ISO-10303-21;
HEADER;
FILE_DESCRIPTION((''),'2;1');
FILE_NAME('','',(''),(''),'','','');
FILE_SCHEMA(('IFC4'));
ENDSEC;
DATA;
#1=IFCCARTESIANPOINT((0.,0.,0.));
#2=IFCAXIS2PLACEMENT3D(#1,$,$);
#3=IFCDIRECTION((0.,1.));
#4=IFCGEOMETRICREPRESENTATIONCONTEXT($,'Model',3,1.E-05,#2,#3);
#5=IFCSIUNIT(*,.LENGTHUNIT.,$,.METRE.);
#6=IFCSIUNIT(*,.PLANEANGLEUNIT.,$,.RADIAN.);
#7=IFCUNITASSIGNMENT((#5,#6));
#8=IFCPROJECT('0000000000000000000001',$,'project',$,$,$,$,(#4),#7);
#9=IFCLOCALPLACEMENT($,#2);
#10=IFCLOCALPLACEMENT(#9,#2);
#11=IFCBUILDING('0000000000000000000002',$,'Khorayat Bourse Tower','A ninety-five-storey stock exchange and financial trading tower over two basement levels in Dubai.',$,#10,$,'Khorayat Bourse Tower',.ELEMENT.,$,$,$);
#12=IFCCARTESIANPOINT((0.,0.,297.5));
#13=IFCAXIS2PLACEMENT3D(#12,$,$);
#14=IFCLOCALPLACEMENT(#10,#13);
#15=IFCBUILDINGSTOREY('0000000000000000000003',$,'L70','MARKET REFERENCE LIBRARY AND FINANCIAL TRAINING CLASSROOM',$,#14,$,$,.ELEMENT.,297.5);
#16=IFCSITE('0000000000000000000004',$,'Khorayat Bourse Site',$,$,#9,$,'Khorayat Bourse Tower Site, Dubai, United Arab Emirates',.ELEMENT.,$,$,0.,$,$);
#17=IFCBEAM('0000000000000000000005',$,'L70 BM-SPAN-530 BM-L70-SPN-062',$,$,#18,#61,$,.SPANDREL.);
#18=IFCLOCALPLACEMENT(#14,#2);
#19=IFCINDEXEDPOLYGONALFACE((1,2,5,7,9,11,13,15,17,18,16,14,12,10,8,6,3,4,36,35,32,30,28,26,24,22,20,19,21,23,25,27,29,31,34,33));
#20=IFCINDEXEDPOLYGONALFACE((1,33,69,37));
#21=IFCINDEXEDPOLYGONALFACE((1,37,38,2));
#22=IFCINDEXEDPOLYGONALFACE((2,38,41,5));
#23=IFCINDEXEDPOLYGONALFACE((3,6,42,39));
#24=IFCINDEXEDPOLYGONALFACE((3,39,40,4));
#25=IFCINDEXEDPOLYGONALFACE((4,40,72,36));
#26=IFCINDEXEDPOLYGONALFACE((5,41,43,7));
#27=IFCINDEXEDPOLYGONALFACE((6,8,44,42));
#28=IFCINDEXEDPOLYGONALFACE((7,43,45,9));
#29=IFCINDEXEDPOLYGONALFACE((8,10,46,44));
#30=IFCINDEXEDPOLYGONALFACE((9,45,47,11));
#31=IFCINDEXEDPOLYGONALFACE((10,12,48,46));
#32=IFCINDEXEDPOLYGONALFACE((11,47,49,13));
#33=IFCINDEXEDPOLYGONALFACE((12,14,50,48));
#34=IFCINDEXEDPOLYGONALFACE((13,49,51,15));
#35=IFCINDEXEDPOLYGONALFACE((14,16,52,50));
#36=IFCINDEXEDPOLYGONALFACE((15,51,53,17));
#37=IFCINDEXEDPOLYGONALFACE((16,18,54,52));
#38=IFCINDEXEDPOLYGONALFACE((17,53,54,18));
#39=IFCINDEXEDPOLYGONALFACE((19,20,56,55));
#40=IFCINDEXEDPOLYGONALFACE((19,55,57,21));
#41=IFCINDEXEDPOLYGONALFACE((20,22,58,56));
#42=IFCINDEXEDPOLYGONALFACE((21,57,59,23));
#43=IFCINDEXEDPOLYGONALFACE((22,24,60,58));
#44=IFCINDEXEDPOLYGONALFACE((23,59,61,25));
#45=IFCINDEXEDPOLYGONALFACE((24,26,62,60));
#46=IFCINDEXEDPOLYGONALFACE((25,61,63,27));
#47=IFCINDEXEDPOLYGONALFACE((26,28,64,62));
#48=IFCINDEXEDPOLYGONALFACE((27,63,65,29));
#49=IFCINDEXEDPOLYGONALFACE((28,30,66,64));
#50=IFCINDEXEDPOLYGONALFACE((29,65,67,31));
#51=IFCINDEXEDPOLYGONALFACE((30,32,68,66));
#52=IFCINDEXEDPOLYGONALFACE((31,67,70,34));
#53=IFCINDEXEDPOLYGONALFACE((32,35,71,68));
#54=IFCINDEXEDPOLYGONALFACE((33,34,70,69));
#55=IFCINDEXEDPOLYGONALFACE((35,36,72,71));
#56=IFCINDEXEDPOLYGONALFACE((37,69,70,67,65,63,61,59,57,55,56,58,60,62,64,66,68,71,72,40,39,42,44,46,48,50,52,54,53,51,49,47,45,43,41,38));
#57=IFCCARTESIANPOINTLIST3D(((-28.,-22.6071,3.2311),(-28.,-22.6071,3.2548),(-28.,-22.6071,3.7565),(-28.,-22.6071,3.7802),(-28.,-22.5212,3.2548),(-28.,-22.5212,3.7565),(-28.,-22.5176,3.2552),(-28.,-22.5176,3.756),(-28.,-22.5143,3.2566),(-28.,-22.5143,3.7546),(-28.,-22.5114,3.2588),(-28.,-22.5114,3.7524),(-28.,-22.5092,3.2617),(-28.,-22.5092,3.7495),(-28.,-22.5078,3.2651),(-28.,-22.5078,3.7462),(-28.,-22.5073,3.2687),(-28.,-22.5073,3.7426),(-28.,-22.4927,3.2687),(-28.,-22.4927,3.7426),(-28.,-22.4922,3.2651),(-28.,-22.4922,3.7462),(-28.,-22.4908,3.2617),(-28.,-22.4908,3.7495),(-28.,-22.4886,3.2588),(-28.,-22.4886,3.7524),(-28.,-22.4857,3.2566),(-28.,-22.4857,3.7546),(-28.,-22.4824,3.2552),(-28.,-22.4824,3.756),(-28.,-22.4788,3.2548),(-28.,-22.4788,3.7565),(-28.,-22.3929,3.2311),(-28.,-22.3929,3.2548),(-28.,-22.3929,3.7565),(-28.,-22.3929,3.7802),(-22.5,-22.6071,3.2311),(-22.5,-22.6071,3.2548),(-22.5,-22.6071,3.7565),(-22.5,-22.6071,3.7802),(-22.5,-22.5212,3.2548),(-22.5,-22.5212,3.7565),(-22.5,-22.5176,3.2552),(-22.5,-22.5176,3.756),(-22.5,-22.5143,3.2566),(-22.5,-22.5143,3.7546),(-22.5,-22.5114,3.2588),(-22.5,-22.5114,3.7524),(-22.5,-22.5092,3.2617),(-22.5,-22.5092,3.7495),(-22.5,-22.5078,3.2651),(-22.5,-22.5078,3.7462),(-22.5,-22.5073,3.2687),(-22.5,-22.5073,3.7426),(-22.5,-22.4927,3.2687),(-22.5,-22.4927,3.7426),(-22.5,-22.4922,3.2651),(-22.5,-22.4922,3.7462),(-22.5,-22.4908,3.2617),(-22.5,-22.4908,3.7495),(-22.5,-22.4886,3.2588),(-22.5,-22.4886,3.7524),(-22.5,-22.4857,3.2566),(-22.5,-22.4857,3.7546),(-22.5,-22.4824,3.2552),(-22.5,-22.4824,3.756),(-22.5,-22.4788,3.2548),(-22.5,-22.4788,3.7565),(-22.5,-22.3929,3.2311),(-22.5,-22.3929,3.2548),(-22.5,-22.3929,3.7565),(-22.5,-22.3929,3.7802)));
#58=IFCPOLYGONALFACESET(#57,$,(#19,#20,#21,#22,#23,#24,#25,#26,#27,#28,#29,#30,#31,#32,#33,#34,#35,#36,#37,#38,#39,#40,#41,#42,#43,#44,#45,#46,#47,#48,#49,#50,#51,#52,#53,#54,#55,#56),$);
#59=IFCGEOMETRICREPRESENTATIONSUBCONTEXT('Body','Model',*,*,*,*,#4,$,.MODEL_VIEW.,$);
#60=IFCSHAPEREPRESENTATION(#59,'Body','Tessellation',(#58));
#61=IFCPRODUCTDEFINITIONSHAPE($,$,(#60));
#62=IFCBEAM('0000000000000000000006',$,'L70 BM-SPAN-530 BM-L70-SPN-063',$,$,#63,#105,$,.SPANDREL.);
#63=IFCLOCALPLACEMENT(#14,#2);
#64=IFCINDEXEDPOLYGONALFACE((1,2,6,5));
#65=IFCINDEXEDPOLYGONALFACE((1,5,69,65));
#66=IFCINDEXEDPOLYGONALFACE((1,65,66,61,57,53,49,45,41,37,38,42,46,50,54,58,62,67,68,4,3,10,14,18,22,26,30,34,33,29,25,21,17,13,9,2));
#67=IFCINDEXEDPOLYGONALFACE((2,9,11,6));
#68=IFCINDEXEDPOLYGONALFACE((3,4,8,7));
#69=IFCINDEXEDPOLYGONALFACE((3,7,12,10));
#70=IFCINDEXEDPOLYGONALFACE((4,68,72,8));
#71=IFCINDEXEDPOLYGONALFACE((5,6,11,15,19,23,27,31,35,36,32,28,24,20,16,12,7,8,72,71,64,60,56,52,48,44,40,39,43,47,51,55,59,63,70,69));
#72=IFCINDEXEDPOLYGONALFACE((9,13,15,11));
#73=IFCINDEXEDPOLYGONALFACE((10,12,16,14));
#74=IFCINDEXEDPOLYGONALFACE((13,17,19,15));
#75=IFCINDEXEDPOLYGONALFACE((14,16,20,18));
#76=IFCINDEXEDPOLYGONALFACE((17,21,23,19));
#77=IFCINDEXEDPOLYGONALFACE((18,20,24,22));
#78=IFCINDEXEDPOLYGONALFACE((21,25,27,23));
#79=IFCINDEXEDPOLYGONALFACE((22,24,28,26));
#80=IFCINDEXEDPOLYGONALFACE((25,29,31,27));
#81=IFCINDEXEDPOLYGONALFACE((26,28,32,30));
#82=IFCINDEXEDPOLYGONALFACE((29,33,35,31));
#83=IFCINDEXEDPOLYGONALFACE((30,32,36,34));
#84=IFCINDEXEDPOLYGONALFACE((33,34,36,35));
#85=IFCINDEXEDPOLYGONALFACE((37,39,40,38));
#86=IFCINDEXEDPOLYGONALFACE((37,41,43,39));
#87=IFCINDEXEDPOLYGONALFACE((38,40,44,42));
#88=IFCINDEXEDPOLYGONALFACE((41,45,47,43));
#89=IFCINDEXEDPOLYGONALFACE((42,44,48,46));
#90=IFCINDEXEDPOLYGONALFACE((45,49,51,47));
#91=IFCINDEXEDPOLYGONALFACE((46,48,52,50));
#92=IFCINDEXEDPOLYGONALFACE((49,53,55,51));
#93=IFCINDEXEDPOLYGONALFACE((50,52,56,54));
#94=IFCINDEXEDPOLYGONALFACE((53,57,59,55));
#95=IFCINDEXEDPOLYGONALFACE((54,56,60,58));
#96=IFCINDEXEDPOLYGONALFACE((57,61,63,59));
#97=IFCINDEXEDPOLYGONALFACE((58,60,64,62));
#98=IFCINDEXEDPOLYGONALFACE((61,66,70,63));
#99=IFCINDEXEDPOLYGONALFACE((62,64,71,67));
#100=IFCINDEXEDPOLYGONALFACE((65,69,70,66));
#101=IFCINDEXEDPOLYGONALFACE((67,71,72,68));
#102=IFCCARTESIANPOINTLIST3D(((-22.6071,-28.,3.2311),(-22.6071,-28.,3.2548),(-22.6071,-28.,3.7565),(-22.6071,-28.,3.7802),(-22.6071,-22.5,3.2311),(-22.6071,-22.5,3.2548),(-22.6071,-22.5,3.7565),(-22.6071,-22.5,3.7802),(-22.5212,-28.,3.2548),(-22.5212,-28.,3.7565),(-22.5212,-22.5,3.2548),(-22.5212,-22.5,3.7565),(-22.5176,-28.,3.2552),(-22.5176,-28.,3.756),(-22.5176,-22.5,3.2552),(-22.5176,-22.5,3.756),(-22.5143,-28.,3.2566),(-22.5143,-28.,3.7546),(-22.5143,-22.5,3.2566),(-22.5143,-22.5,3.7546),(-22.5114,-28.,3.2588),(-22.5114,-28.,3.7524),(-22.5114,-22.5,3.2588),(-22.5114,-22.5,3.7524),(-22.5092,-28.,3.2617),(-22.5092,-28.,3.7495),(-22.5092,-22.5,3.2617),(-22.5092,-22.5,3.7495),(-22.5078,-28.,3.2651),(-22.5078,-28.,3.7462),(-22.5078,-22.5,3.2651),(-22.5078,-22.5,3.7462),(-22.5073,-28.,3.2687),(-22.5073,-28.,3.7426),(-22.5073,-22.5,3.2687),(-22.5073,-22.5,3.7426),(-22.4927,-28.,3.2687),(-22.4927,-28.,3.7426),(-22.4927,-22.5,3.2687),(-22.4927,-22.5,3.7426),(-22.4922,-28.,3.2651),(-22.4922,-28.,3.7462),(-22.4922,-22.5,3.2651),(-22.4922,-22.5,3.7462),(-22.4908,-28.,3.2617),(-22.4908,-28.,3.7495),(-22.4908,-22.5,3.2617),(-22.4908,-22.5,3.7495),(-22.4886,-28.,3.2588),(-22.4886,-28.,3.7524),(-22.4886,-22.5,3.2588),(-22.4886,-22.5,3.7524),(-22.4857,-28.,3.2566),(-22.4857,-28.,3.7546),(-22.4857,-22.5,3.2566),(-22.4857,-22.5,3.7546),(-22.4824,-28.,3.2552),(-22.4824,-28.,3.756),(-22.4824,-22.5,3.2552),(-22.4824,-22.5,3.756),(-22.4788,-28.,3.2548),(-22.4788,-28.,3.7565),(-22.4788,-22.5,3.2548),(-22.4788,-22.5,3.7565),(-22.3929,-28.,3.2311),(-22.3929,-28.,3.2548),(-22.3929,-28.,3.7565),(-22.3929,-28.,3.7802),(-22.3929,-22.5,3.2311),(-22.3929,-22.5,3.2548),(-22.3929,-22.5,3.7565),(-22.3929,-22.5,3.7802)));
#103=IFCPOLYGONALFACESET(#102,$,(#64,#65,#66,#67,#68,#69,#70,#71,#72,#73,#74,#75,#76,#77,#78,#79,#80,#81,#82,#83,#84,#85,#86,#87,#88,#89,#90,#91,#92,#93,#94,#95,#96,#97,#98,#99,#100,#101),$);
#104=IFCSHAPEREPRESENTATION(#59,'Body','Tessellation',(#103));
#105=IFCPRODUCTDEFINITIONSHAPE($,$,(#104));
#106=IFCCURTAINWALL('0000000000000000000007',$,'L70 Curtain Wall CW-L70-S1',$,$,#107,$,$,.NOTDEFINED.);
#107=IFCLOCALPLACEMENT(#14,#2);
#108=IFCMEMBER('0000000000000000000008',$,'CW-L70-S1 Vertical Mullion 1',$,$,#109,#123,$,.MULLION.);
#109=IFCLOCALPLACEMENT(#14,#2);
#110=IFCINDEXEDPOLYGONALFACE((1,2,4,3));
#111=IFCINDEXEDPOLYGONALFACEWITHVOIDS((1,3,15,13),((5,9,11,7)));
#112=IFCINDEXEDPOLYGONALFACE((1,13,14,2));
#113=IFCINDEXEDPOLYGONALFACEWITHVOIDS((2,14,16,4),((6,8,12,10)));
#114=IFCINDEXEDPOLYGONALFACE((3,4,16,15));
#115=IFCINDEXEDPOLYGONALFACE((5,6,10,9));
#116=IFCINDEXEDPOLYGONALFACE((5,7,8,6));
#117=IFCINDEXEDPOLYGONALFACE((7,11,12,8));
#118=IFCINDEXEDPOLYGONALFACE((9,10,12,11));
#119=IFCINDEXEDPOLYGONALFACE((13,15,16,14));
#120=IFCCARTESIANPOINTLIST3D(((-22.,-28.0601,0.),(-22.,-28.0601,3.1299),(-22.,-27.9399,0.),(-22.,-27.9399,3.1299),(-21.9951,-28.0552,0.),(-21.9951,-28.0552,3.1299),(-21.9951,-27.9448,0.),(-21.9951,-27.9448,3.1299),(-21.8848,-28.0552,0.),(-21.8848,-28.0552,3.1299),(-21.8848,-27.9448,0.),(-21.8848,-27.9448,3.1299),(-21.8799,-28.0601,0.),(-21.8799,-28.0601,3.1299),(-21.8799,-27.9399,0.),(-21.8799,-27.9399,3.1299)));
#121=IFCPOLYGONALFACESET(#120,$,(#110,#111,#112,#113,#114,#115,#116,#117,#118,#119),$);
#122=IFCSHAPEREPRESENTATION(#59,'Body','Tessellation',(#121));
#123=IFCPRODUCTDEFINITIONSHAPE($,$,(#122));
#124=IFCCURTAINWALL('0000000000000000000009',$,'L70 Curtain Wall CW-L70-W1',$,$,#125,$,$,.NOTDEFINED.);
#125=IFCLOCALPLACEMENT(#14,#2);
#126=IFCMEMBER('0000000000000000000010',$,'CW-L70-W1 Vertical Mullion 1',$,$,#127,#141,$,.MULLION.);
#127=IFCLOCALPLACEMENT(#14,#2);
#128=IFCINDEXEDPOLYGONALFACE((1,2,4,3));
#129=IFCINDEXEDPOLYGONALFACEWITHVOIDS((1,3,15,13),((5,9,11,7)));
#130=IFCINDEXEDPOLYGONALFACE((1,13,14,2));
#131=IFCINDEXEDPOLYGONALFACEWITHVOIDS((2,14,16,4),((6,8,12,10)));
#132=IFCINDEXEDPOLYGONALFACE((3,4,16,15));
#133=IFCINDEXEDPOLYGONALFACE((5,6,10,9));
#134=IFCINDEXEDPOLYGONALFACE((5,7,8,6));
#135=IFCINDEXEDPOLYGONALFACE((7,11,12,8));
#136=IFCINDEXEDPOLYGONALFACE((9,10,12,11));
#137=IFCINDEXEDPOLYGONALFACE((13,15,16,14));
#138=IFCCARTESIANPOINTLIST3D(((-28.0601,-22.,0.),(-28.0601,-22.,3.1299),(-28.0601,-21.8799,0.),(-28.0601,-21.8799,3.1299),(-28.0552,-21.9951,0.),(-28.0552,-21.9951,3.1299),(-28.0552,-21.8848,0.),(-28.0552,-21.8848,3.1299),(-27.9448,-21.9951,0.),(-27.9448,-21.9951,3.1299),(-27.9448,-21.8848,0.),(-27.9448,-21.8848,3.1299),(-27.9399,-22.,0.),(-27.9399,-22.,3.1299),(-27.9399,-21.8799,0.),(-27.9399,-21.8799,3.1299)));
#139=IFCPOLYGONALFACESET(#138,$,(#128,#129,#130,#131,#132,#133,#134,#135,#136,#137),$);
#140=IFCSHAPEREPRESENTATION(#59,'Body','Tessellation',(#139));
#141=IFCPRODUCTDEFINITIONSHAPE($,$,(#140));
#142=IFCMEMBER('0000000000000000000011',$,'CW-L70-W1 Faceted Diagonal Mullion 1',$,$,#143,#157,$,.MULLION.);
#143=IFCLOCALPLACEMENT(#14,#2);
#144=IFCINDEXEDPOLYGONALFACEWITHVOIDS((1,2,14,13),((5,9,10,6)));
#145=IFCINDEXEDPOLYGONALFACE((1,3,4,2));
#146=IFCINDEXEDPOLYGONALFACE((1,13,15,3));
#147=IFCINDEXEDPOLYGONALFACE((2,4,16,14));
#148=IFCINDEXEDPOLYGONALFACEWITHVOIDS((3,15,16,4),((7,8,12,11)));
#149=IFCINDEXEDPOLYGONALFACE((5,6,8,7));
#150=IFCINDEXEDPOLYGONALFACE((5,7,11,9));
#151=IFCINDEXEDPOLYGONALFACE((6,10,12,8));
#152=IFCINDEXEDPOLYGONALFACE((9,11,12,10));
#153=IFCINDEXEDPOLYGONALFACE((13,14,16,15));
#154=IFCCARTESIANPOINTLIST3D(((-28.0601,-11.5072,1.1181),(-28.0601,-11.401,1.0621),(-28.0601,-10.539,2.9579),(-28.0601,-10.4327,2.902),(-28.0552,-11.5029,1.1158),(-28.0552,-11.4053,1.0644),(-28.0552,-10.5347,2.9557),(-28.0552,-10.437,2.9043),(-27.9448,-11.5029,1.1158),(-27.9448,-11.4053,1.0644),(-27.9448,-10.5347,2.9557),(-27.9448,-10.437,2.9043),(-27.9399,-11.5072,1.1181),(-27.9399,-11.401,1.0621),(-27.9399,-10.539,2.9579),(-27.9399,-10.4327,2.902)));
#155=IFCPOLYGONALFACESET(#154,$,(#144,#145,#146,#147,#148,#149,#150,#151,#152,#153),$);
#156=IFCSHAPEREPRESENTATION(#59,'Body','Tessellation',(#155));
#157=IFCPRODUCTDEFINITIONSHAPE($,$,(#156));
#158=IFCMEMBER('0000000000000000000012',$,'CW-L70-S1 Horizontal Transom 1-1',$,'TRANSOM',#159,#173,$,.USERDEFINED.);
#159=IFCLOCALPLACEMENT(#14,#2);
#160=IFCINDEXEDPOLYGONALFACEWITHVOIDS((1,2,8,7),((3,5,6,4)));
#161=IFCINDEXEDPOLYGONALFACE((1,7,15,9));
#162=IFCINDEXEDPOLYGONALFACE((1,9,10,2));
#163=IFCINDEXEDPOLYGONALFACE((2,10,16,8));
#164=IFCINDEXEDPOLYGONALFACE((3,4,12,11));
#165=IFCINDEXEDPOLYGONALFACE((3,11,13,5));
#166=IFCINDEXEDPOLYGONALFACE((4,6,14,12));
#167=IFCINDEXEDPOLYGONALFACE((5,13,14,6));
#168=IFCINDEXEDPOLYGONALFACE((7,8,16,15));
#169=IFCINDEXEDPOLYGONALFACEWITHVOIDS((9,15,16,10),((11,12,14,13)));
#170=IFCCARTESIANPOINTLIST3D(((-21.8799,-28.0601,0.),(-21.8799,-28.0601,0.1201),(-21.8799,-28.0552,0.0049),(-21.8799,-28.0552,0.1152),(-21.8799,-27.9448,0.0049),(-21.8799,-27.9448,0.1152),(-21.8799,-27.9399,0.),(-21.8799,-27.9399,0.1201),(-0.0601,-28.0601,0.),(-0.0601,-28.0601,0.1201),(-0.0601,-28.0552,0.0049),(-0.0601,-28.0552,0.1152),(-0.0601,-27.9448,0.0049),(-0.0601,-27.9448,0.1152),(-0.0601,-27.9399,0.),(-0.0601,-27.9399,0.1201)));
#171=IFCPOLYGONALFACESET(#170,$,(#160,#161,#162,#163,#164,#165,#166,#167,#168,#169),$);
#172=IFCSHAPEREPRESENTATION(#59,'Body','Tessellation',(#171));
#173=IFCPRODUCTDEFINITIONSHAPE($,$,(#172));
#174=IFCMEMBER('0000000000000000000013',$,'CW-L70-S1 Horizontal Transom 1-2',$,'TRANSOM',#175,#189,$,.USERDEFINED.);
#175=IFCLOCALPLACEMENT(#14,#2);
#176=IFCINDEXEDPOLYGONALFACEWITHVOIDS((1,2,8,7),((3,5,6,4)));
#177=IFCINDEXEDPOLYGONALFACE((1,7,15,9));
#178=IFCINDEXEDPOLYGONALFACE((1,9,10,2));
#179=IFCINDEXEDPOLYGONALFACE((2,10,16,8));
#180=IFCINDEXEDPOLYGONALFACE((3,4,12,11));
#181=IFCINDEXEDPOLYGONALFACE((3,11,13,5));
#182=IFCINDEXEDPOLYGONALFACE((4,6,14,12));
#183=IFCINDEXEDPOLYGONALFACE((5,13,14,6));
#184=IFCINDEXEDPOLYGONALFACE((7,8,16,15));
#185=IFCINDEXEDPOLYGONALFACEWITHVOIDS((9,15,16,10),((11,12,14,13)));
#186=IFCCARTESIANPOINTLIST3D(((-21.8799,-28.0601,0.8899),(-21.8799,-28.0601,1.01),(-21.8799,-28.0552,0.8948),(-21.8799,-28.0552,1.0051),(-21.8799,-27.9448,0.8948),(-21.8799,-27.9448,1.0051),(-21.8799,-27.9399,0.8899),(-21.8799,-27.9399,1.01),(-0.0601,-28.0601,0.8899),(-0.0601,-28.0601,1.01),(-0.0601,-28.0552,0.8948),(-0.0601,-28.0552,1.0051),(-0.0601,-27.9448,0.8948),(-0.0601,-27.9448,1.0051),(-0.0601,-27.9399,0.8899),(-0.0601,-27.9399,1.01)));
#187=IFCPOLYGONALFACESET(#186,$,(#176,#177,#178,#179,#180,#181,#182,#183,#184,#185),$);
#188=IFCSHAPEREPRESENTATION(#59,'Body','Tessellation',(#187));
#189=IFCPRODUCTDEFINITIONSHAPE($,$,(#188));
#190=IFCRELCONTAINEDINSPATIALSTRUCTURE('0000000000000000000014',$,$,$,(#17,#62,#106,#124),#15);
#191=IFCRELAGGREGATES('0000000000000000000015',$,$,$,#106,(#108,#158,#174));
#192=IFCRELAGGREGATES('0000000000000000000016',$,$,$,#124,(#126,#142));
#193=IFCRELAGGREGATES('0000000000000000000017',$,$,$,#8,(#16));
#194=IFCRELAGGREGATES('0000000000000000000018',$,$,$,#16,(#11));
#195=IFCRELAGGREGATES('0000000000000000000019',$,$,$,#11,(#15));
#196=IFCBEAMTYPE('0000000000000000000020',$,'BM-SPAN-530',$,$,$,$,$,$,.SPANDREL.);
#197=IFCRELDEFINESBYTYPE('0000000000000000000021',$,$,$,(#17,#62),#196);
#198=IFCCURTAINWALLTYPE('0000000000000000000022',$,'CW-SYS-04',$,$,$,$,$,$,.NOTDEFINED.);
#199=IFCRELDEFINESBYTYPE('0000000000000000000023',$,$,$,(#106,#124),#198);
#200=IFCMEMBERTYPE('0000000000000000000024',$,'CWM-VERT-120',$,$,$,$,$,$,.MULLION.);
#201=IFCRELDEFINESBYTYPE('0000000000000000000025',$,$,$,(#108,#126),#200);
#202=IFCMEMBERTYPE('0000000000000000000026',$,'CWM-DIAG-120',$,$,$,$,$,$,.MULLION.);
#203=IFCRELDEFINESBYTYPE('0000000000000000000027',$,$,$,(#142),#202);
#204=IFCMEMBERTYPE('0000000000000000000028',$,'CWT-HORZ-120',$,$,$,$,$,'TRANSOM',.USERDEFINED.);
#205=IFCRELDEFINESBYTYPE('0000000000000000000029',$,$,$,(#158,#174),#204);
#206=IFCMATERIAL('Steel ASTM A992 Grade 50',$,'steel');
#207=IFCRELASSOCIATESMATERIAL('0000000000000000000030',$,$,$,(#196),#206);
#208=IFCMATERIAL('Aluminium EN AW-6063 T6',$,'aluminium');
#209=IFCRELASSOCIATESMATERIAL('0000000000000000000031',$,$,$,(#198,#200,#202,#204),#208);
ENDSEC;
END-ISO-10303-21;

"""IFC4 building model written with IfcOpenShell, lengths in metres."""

from ifc_helpers import new_model, si_unit, direction, frame, origin, origin_2d, place, context, subcontext, project, spatial, hollow_rectangle, i_section, extrude, source, transform, mapped, material, material_profile, profile_set, type_object, element, aggregate, save


model = new_model("IFC4")

# Units and contexts
model_context = context("Model", 3, precision=1e-05, world=origin(), true_north=direction((0.0, 1.0)))
body_context = subcontext(model_context, "Body", "Model", "MODEL_VIEW")
ifc_project = project(units=[si_unit("LENGTHUNIT", "METRE"), si_unit("PLANEANGLEUNIT", "RADIAN")], contexts=[model_context])

# Site, building, storey
site_placement = place(None, origin())
site = spatial("IfcSite", under=ifc_project, at=site_placement, Name="Khorayat Bourse Site", LongName="Khorayat Bourse Tower Site, Dubai, United Arab Emirates", CompositionType="ELEMENT", RefElevation=0.0)
building_placement = place(site_placement, origin())
building = spatial("IfcBuilding", under=site, at=building_placement, Name="Khorayat Bourse Tower", Description="A ninety-five-storey stock exchange and financial trading tower over two basement levels in Dubai.", LongName="Khorayat Bourse Tower", CompositionType="ELEMENT")
storey_placement = place(building_placement, frame((0.0, 0.0, 297.5)))
storey = spatial("IfcBuildingStorey", under=building, at=storey_placement, Name="L70", Description="MARKET REFERENCE LIBRARY AND FINANCIAL TRAINING CLASSROOM", CompositionType="ELEMENT", Elevation=297.5)

# Beams
ifc_material_1 = material(Name="Steel ASTM A992 Grade 50", Category="steel")
ifc_material_profile_1 = material_profile(ifc_material_1, i_section(OverallWidth=0.2141, OverallDepth=0.5491, WebThickness=0.0146, FlangeThickness=0.0237, FilletRadius=0.0139, at=origin_2d()), Name="W530X138")
ifc_profile_set_1 = profile_set([ifc_material_profile_1], Name="Steel ASTM A992 Grade 50")
beam_type_1 = type_object("IfcBeamType", Name="BM-SPAN-530", PredefinedType="SPANDREL", material=ifc_profile_set_1)
shared_shape_1 = source(origin(), body_context, "Body", "SweptSolid", [
    extrude(i_section(OverallWidth=0.2141, OverallDepth=0.5491, WebThickness=0.0146, FlangeThickness=0.0237, FilletRadius=0.0139, at=origin_2d()), origin(), (0.0, 0.0, 1.0), 5.5),
])
for number, where, z_axis, x_axis, name in (
    (1, (-28.0, -22.5, 3.5056), (1.0, 0.0, 0.0), (0.0, 1.0, 0.0), "L70 BM-SPAN-530 BM-L70-SPN-062"),
    (2, (-22.5, -28.0, 3.5056), (0.0, 1.0, 0.0), (-1.0, 0.0, 0.0), "L70 BM-SPAN-530 BM-L70-SPN-063"),
):
    element("IfcBeam", number, at=place(storey_placement, frame(where, z_axis=z_axis, x_axis=x_axis)), inside=storey, type_object=beam_type_1, Name=name, PredefinedType="SPANDREL", context=body_context, shape_type="MappedRepresentation", body=[
        mapped(shared_shape_1, transform((0.0, 0.0, 0.0), scale=1.0)),
    ])

# Curtain wall, member
ifc_material_2 = material(Name="Aluminium EN AW-6063 T6", Category="aluminium")
curtain_wall_type = type_object("IfcCurtainWallType", Name="CW-SYS-04", PredefinedType="NOTDEFINED", material=ifc_material_2)
curtain_wall_1_placement = place(storey_placement, origin())
curtain_wall_1 = element("IfcCurtainWall", 3, at=curtain_wall_1_placement, inside=storey, type_object=curtain_wall_type, Name="L70 Curtain Wall CW-L70-S1", PredefinedType="NOTDEFINED")
ifc_material_profile_2 = material_profile(ifc_material_2, hollow_rectangle(XDim=0.1201, YDim=0.1201, WallThickness=0.0049, at=origin_2d()), Name="ALU 120x120x5")
ifc_profile_set_2 = profile_set([ifc_material_profile_2], Name="Aluminium EN AW-6063 T6")
member_type_1 = type_object("IfcMemberType", Name="CWM-VERT-120", PredefinedType="MULLION", material=ifc_profile_set_2)
shared_shape_2 = source(origin(), body_context, "Body", "SweptSolid", [
    extrude(hollow_rectangle(XDim=0.1201, YDim=0.1201, WallThickness=0.0049, at=origin_2d()), origin(), (0.0, 0.0, 1.0), 3.1299),
])
member_1_placement = place(storey_placement, frame((-21.9399, -28.0, 0.0), z_axis=(0.0, 0.0, 1.0), x_axis=(0.0, 1.0, 0.0)))
member_1 = element("IfcMember", 4, at=member_1_placement, type_object=member_type_1, Name="CW-L70-S1 Vertical Mullion 1", PredefinedType="MULLION", context=body_context, shape_type="MappedRepresentation", body=[
    mapped(shared_shape_2, transform((0.0, 0.0, 0.0), scale=1.0)),
])

# Curtain wall, members
curtain_wall_2_placement = place(storey_placement, origin())
curtain_wall_2 = element("IfcCurtainWall", 5, at=curtain_wall_2_placement, inside=storey, type_object=curtain_wall_type, Name="L70 Curtain Wall CW-L70-W1", PredefinedType="NOTDEFINED")
member_2_placement = place(storey_placement, frame((-28.0, -21.9399, 0.0), z_axis=(0.0, 0.0, 1.0), x_axis=(-1.0, 0.0, 0.0)))
member_2 = element("IfcMember", 6, at=member_2_placement, type_object=member_type_1, Name="CW-L70-W1 Vertical Mullion 1", PredefinedType="MULLION", context=body_context, shape_type="MappedRepresentation", body=[
    mapped(shared_shape_2, transform((0.0, 0.0, 0.0), scale=1.0)),
])
ifc_material_profile_3 = material_profile(ifc_material_2, hollow_rectangle(XDim=0.1201, YDim=0.1201, WallThickness=0.0049, at=origin_2d()), Name="ALU 120x120x5")
ifc_profile_set_3 = profile_set([ifc_material_profile_3], Name="Aluminium EN AW-6063 T6")
member_type_2 = type_object("IfcMemberType", Name="CWM-DIAG-120", PredefinedType="MULLION", material=ifc_profile_set_3)
shared_shape_3 = source(origin(), body_context, "Body", "SweptSolid", [
    extrude(hollow_rectangle(XDim=0.1201, YDim=0.1201, WallThickness=0.0049, at=origin_2d()), origin(), (0.0, 0.0, 1.0), 2.0791),
])
member_3_placement = place(storey_placement, frame((-28.0, -11.4541, 1.0901), z_axis=(0.0, 0.465717, 0.884934), x_axis=(-1.0, 0.0, 0.0)))
member_3 = element("IfcMember", 7, at=member_3_placement, type_object=member_type_2, Name="CW-L70-W1 Faceted Diagonal Mullion 1", PredefinedType="MULLION", context=body_context, shape_type="MappedRepresentation", body=[
    mapped(shared_shape_3, transform((0.0, 0.0, 0.0), scale=1.0)),
])

# Members
ifc_material_profile_4 = material_profile(ifc_material_2, hollow_rectangle(XDim=0.1201, YDim=0.1201, WallThickness=0.0049, at=origin_2d()), Name="ALU 120x120x5")
ifc_profile_set_4 = profile_set([ifc_material_profile_4], Name="Aluminium EN AW-6063 T6")
member_type_3 = type_object("IfcMemberType", Name="CWT-HORZ-120", ElementType="TRANSOM", PredefinedType="USERDEFINED", material=ifc_profile_set_4)
shared_shape_4 = source(origin(), body_context, "Body", "SweptSolid", [
    extrude(hollow_rectangle(XDim=0.1201, YDim=0.1201, WallThickness=0.0049, at=origin_2d()), origin(), (0.0, 0.0, 1.0), 21.8198),
])
member_4_placement = place(storey_placement, frame((-21.8799, -28.0, 0.0601), z_axis=(1.0, 0.0, 0.0), x_axis=(0.0, 1.0, 0.0)))
member_4 = element("IfcMember", 8, at=member_4_placement, type_object=member_type_3, Name="CW-L70-S1 Horizontal Transom 1-1", ObjectType="TRANSOM", PredefinedType="USERDEFINED", context=body_context, shape_type="MappedRepresentation", body=[
    mapped(shared_shape_4, transform((0.0, 0.0, 0.0), scale=1.0)),
])
member_5_placement = place(storey_placement, frame((-21.8799, -28.0, 0.95), z_axis=(1.0, 0.0, 0.0), x_axis=(0.0, 1.0, 0.0)))
member_5 = element("IfcMember", 9, at=member_5_placement, type_object=member_type_3, Name="CW-L70-S1 Horizontal Transom 1-2", ObjectType="TRANSOM", PredefinedType="USERDEFINED", context=body_context, shape_type="MappedRepresentation", body=[
    mapped(shared_shape_4, transform((0.0, 0.0, 0.0), scale=1.0)),
])
aggregate(curtain_wall_1, [member_1, member_4, member_5])
aggregate(curtain_wall_2, [member_2, member_3])

save(model, "model.ifc")
